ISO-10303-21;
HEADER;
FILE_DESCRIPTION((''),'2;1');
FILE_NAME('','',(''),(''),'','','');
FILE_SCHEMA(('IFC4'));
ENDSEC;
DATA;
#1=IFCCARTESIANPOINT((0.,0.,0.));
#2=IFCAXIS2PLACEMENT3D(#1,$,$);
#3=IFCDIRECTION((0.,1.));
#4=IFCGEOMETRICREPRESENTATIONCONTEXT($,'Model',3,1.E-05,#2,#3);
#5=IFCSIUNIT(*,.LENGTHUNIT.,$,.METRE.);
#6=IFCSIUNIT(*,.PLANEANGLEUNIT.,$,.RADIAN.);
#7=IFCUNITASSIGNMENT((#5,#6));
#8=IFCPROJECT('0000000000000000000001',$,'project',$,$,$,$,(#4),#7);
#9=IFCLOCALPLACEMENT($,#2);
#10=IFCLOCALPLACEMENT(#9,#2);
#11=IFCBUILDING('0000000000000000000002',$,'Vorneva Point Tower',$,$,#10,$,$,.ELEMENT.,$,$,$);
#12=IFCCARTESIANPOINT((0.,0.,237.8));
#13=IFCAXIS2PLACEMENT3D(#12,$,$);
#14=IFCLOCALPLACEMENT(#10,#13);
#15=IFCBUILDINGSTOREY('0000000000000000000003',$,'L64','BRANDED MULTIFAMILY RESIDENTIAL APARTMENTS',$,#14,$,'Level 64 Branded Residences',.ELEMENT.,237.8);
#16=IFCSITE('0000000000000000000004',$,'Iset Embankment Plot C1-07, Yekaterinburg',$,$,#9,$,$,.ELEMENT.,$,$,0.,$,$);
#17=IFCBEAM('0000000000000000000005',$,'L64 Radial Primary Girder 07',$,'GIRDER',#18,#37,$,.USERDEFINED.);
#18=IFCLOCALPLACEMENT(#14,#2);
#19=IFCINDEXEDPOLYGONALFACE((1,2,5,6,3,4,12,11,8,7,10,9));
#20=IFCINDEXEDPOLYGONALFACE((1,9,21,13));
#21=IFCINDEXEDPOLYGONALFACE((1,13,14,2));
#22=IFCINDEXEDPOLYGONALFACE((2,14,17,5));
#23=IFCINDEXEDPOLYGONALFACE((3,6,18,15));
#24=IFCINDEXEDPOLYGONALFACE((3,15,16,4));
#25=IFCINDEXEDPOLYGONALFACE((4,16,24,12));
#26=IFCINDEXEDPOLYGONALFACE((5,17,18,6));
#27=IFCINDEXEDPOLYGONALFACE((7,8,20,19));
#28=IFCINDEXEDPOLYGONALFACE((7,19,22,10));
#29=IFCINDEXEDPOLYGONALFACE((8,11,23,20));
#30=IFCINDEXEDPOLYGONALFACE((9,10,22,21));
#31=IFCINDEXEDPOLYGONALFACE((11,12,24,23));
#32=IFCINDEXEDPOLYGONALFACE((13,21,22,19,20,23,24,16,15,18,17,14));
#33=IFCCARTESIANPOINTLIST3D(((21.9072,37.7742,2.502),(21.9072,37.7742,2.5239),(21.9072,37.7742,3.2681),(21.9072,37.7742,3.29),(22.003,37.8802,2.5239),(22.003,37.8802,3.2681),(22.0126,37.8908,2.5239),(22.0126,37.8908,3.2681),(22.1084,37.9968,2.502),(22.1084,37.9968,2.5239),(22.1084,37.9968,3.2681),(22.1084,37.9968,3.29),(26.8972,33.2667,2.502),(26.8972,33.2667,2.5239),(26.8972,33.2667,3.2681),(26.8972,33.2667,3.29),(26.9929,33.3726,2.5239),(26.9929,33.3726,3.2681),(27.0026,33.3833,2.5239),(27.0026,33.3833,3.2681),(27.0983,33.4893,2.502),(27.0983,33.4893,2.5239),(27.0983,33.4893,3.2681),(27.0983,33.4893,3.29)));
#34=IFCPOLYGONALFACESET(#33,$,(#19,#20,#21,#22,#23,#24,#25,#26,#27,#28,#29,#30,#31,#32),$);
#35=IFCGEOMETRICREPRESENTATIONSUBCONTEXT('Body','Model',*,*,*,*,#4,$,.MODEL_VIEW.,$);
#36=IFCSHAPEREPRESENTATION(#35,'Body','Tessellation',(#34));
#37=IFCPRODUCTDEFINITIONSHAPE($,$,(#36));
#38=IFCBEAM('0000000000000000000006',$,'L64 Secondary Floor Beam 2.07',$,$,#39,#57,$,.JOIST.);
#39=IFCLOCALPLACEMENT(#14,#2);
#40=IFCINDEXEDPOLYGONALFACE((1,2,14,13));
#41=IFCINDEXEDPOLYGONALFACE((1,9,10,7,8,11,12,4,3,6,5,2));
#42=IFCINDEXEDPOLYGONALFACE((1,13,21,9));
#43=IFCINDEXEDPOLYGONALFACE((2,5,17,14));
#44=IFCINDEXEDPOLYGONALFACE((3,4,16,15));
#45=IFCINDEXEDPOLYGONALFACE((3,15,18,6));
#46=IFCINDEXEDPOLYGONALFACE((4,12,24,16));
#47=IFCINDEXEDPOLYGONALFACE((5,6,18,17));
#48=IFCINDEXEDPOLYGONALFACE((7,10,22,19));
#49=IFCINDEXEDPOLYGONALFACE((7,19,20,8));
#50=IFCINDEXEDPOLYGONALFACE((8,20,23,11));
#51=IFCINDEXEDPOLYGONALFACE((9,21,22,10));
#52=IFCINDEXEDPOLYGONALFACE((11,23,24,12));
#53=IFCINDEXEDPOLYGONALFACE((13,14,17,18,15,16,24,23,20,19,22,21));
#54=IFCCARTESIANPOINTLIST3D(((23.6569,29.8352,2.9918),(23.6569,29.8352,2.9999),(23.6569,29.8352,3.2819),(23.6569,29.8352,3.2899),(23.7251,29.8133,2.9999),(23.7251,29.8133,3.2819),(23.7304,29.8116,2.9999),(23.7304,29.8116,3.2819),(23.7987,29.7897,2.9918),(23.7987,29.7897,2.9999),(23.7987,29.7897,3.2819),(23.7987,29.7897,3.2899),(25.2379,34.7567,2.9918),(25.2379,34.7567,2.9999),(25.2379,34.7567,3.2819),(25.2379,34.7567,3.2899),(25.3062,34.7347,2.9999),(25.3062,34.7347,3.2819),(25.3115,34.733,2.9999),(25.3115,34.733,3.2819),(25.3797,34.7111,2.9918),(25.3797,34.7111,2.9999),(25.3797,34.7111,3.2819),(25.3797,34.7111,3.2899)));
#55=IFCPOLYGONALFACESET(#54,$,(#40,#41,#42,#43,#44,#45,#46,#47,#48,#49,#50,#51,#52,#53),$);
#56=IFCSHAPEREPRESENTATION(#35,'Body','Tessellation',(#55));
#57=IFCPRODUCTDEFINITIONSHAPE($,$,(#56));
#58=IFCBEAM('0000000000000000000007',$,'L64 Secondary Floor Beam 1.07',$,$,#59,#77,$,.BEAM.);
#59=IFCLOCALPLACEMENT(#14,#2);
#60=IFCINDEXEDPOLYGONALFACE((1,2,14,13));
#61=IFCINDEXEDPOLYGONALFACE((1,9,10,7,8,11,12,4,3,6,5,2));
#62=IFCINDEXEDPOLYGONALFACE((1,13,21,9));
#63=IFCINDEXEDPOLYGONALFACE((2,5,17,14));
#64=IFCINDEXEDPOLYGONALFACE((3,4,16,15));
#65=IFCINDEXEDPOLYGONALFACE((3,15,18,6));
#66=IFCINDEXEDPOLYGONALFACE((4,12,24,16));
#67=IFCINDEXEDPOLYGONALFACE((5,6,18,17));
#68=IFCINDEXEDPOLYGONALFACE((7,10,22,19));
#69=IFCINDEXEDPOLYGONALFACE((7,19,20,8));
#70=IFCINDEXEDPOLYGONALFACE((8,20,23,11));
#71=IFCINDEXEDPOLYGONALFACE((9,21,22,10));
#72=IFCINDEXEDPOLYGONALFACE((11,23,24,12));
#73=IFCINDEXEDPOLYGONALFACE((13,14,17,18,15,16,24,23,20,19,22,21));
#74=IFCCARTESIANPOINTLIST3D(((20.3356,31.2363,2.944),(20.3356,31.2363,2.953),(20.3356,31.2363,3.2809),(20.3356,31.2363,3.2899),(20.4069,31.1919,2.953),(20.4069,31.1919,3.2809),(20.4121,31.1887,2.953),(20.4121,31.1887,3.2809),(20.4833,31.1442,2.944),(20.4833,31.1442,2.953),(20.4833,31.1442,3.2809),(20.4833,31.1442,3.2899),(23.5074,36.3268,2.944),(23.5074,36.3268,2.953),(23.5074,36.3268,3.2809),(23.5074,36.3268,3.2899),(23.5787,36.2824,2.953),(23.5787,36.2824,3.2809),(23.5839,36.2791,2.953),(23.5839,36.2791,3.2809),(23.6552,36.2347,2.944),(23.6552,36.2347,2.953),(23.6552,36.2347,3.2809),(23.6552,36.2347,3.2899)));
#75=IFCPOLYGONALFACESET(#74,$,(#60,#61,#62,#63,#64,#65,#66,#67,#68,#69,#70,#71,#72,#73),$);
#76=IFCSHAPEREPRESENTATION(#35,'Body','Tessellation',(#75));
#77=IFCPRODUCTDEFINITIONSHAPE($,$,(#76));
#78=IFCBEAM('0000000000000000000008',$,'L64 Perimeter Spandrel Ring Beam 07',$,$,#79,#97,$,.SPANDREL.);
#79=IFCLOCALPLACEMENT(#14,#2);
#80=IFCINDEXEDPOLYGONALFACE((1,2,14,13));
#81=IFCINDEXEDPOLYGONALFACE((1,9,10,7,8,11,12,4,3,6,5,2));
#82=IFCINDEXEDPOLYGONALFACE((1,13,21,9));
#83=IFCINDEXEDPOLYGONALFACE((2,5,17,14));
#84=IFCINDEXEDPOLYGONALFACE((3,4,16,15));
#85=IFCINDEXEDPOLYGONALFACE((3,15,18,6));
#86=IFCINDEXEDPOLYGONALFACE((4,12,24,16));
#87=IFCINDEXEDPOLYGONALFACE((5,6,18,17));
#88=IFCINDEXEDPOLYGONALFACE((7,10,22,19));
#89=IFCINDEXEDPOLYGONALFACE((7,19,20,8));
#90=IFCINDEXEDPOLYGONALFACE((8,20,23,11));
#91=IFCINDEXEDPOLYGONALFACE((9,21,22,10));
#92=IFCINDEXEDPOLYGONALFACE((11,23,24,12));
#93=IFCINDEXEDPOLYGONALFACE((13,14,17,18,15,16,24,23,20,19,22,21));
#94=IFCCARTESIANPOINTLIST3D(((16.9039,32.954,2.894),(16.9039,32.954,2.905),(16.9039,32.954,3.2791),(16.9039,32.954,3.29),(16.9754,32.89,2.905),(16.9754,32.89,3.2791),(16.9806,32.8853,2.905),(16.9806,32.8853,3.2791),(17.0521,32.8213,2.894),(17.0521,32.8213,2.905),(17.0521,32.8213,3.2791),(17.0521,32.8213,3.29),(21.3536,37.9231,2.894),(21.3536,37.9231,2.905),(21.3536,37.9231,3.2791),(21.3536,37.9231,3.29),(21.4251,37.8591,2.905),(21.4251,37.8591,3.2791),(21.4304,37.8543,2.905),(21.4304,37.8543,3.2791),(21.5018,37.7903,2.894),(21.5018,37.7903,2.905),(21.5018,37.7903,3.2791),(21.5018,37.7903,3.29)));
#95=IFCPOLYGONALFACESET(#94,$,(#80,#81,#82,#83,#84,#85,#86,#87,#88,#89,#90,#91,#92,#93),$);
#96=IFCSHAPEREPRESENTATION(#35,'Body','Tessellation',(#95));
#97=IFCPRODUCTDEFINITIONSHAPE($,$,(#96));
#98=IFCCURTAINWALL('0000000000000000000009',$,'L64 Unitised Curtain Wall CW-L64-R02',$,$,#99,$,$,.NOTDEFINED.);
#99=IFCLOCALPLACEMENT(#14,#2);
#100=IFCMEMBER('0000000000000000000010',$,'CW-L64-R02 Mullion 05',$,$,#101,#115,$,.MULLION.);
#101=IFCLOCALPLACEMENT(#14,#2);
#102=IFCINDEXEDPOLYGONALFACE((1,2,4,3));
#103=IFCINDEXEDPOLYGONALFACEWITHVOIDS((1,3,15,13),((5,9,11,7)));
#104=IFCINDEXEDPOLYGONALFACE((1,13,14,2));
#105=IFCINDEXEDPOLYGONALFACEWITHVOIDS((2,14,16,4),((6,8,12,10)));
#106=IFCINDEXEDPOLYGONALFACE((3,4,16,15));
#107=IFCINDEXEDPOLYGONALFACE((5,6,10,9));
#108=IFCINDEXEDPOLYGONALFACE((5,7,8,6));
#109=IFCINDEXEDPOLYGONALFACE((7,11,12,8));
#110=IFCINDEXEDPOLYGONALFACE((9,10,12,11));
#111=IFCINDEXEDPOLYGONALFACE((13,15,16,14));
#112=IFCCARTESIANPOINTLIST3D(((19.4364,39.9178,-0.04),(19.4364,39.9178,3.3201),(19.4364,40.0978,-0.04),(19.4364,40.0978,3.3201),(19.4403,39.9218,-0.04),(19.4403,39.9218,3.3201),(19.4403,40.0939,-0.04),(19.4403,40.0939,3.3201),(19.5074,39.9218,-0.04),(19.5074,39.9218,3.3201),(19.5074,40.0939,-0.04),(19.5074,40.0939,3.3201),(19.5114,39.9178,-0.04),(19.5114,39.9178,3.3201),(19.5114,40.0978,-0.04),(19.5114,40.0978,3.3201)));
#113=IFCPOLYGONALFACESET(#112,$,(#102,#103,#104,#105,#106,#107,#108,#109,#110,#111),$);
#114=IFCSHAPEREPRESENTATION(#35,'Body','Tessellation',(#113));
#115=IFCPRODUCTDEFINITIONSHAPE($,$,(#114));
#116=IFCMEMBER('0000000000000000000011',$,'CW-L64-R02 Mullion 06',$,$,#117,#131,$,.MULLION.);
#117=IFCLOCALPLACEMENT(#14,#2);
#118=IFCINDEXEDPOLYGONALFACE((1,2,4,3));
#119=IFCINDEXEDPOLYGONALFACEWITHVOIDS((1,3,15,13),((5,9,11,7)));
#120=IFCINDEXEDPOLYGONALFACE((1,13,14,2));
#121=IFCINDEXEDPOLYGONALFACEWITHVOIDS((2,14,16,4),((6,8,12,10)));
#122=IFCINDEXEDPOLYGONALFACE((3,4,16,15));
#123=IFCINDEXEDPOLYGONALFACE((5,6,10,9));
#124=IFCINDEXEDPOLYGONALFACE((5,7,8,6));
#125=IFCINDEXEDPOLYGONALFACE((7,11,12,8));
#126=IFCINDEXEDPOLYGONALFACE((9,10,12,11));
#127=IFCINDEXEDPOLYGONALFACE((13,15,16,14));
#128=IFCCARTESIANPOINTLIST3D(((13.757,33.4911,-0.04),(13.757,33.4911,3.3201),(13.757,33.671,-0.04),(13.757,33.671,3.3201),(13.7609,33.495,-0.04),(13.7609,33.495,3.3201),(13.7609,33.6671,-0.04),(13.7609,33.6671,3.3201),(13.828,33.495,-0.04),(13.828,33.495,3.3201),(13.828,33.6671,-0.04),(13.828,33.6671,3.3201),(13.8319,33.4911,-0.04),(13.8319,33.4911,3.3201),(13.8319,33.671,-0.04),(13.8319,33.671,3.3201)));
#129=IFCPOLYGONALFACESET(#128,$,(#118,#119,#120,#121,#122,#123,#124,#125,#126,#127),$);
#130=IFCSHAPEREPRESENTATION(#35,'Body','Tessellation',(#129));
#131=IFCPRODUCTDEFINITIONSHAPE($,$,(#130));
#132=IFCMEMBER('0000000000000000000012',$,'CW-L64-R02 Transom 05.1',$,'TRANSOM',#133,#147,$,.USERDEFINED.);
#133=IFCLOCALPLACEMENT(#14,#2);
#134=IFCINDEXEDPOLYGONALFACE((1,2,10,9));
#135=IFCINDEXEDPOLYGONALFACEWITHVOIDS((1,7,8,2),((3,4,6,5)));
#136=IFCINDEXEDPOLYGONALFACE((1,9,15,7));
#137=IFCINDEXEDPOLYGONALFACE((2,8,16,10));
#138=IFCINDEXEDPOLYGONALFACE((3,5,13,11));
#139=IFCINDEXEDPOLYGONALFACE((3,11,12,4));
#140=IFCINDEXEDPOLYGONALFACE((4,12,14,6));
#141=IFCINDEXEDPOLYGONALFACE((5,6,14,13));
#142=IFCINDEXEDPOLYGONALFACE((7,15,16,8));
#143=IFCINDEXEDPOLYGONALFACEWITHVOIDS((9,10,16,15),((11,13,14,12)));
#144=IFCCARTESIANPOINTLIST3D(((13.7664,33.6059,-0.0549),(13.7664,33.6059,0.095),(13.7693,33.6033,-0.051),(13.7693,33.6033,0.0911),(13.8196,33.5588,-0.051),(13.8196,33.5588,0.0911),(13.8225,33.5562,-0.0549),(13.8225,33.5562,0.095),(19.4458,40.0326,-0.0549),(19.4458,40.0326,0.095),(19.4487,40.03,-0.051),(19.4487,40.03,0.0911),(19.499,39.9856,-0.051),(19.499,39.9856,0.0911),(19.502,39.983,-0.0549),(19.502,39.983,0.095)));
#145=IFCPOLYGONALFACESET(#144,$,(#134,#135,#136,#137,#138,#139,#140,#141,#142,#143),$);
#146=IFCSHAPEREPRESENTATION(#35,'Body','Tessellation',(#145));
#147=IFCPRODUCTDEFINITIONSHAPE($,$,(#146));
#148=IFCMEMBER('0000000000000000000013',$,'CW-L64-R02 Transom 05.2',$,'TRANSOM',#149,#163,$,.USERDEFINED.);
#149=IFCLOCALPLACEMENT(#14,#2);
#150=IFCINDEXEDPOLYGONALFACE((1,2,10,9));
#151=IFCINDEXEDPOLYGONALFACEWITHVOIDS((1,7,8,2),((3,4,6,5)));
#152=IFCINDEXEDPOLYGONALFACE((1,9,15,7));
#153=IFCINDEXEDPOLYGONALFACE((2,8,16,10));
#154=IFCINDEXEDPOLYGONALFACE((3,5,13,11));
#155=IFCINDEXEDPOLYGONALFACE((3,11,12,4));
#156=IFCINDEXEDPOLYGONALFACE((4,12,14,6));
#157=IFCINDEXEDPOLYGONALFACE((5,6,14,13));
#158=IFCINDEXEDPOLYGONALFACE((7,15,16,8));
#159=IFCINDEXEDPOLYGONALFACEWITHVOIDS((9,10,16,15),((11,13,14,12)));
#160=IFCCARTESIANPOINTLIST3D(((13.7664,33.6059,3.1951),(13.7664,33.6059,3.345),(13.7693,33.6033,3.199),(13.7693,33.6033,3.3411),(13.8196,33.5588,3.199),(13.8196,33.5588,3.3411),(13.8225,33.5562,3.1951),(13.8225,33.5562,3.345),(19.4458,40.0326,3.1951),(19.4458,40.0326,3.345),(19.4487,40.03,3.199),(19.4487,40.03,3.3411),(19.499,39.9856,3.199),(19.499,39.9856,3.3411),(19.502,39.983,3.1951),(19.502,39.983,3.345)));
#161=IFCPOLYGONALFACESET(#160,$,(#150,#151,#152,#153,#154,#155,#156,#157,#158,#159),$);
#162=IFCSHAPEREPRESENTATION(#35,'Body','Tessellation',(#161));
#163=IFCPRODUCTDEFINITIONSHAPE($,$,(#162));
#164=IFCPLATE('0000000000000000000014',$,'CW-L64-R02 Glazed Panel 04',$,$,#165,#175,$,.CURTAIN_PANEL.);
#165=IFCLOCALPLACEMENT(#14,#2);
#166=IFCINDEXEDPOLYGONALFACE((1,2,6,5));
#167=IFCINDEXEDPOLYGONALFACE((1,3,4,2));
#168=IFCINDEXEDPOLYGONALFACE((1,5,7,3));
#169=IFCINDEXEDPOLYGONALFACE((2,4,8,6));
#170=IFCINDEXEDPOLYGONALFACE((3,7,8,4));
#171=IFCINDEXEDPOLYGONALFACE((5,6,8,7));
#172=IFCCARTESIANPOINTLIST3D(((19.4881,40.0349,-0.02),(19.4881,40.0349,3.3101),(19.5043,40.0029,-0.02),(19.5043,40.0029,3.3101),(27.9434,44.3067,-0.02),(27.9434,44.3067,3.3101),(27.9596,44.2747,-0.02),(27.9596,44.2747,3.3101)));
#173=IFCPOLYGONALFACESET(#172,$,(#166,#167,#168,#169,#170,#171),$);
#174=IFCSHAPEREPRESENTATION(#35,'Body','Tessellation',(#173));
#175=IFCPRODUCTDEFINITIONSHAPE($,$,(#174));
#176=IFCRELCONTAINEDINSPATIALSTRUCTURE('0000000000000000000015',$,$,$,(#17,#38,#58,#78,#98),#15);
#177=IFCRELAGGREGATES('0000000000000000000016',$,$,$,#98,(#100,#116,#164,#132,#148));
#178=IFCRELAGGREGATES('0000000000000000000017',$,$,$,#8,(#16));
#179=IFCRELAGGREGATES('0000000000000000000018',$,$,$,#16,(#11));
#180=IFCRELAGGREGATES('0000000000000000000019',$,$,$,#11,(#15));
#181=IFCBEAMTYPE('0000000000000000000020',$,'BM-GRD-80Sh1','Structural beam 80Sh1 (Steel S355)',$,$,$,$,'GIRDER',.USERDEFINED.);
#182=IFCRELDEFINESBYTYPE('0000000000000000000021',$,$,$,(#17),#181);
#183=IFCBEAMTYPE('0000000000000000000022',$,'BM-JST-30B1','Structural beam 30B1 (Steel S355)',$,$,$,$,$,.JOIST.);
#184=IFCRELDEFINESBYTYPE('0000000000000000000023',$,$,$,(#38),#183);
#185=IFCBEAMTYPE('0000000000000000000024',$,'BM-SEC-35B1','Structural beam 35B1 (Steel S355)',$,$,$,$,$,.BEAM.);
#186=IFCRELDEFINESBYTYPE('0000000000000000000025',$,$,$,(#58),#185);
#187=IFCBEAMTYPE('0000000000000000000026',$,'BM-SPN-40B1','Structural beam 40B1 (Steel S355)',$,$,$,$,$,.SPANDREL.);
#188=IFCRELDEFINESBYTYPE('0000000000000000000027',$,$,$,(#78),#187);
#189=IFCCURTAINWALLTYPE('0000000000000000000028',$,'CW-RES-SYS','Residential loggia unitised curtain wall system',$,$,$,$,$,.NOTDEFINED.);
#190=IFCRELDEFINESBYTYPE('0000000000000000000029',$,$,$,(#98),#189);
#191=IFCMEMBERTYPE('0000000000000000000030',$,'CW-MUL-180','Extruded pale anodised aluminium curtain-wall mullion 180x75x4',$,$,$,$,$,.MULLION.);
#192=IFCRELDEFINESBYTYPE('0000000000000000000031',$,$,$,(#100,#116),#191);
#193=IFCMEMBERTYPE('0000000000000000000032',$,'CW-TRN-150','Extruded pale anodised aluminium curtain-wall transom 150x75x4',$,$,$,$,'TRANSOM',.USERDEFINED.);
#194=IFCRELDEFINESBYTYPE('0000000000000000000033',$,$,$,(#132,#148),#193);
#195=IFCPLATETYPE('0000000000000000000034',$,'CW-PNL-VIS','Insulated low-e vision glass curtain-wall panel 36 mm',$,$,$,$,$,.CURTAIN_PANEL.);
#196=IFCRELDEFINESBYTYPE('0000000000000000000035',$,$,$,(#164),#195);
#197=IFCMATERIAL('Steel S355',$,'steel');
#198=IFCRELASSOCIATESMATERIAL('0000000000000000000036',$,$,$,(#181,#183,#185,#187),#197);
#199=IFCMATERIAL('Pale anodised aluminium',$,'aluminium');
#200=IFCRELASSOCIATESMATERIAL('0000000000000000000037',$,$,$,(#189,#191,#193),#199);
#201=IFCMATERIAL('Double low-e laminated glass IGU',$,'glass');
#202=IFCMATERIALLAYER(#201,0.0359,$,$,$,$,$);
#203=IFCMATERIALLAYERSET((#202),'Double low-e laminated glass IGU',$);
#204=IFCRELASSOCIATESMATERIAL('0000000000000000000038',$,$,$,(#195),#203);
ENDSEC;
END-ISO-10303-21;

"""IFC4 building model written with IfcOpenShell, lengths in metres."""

from ifc_helpers import new_model, si_unit, direction, frame, origin, origin_2d, place, context, subcontext, project, spatial, rectangle, hollow_rectangle, i_section, extrude, material, layer, layer_set, material_profile, profile_set, type_object, element, aggregate, save


model = new_model("IFC4")

# Units and contexts
model_context = context("Model", 3, precision=1e-05, world=origin(), true_north=direction((0.0, 1.0)))
body_context = subcontext(model_context, "Body", "Model", "MODEL_VIEW")
ifc_project = project(units=[si_unit("LENGTHUNIT", "METRE"), si_unit("PLANEANGLEUNIT", "RADIAN")], contexts=[model_context])

# Site, building, storey
site_placement = place(None, origin())
site = spatial("IfcSite", under=ifc_project, at=site_placement, Name="Iset Embankment Plot C1-07, Yekaterinburg", CompositionType="ELEMENT", RefElevation=0.0)
building_placement = place(site_placement, origin())
building = spatial("IfcBuilding", under=site, at=building_placement, Name="Vorneva Point Tower", CompositionType="ELEMENT")
storey_placement = place(building_placement, frame((0.0, 0.0, 237.8)))
storey = spatial("IfcBuildingStorey", under=building, at=storey_placement, Name="L64", Description="BRANDED MULTIFAMILY RESIDENTIAL APARTMENTS", LongName="Level 64 Branded Residences", CompositionType="ELEMENT", Elevation=237.8)

# Beams
ifc_material_1 = material(Name="Steel S355", Category="steel")
ifc_material_profile_1 = material_profile(ifc_material_1, i_section(OverallWidth=0.3, OverallDepth=0.7881, WebThickness=0.0144, FlangeThickness=0.022, at=origin_2d()), Name="80Sh1")
ifc_profile_set_1 = profile_set([ifc_material_profile_1], Name="Steel S355")
beam_type_1 = type_object("IfcBeamType", Name="BM-GRD-80Sh1", Description="Structural beam 80Sh1 (Steel S355)", ElementType="GIRDER", PredefinedType="USERDEFINED", material=ifc_profile_set_1)
beam_1_placement = place(storey_placement, frame((22.0078, 37.8855, 2.896), z_axis=(0.742067, -0.670326, 0.0), x_axis=(0.670326, 0.742067, 0.0)))
element("IfcBeam", 1, at=beam_1_placement, inside=storey, type_object=beam_type_1, Name="L64 Radial Primary Girder 07", ObjectType="GIRDER", PredefinedType="USERDEFINED", context=body_context, shape_type="SweptSolid", body=[
    extrude(i_section(OverallWidth=0.3, OverallDepth=0.7881, WebThickness=0.0144, FlangeThickness=0.022, at=origin_2d()), origin(), (0.0, 0.0, 1.0), 6.7244),
])
ifc_material_profile_2 = material_profile(ifc_material_1, i_section(OverallWidth=0.1489, OverallDepth=0.2981, WebThickness=0.0056, FlangeThickness=0.0081, at=origin_2d()), Name="30B1")
ifc_profile_set_2 = profile_set([ifc_material_profile_2], Name="Steel S355")
beam_type_2 = type_object("IfcBeamType", Name="BM-JST-30B1", Description="Structural beam 30B1 (Steel S355)", PredefinedType="JOIST", material=ifc_profile_set_2)
beam_2_placement = place(storey_placement, frame((25.3088, 34.7339, 3.1409), z_axis=(-0.305865, -0.952075, 0.0), x_axis=(0.952075, -0.305865, 0.0)))
element("IfcBeam", 2, at=beam_2_placement, inside=storey, type_object=beam_type_2, Name="L64 Secondary Floor Beam 2.07", PredefinedType="JOIST", context=body_context, shape_type="SweptSolid", body=[
    extrude(i_section(OverallWidth=0.1489, OverallDepth=0.2981, WebThickness=0.0056, FlangeThickness=0.0081, at=origin_2d()), origin(), (0.0, 0.0, 1.0), 5.1692),
])
ifc_material_profile_3 = material_profile(ifc_material_1, i_section(OverallWidth=0.1741, OverallDepth=0.3459, WebThickness=0.0061, FlangeThickness=0.009, at=origin_2d()), Name="35B1")
ifc_profile_set_3 = profile_set([ifc_material_profile_3], Name="Steel S355")
beam_type_3 = type_object("IfcBeamType", Name="BM-SEC-35B1", Description="Structural beam 35B1 (Steel S355)", PredefinedType="BEAM", material=ifc_profile_set_3)
beam_3_placement = place(storey_placement, frame((23.5813, 36.2808, 3.1169), z_axis=(-0.528831, -0.848727, 0.0), x_axis=(0.848727, -0.528831, 0.0)))
element("IfcBeam", 3, at=beam_3_placement, inside=storey, type_object=beam_type_3, Name="L64 Secondary Floor Beam 1.07", PredefinedType="BEAM", context=body_context, shape_type="SweptSolid", body=[
    extrude(i_section(OverallWidth=0.1741, OverallDepth=0.3459, WebThickness=0.0061, FlangeThickness=0.009, at=origin_2d()), origin(), (0.0, 0.0, 1.0), 5.9978),
])
ifc_material_profile_4 = material_profile(ifc_material_1, i_section(OverallWidth=0.199, OverallDepth=0.396, WebThickness=0.0071, FlangeThickness=0.011, at=origin_2d()), Name="40B1")
ifc_profile_set_4 = profile_set([ifc_material_profile_4], Name="Steel S355")
beam_type_4 = type_object("IfcBeamType", Name="BM-SPN-40B1", Description="Structural beam 40B1 (Steel S355)", PredefinedType="SPANDREL", material=ifc_profile_set_4)
beam_4_placement = place(storey_placement, frame((21.4277, 37.8567, 3.092), z_axis=(-0.667108, -0.744961, 0.0), x_axis=(0.744961, -0.667108, 0.0)))
element("IfcBeam", 4, at=beam_4_placement, inside=storey, type_object=beam_type_4, Name="L64 Perimeter Spandrel Ring Beam 07", PredefinedType="SPANDREL", context=body_context, shape_type="SweptSolid", body=[
    extrude(i_section(OverallWidth=0.199, OverallDepth=0.396, WebThickness=0.0071, FlangeThickness=0.011, at=origin_2d()), origin(), (0.0, 0.0, 1.0), 6.6702),
])

# Curtain wall, members, plate
ifc_material_2 = material(Name="Pale anodised aluminium", Category="aluminium")
curtain_wall_type = type_object("IfcCurtainWallType", Name="CW-RES-SYS", Description="Residential loggia unitised curtain wall system", PredefinedType="NOTDEFINED", material=ifc_material_2)
curtain_wall_placement = place(storey_placement, origin())
curtain_wall = element("IfcCurtainWall", 5, at=curtain_wall_placement, inside=storey, type_object=curtain_wall_type, Name="L64 Unitised Curtain Wall CW-L64-R02", PredefinedType="NOTDEFINED")
ifc_material_profile_5 = material_profile(ifc_material_2, hollow_rectangle(XDim=0.075, YDim=0.1799, WallThickness=0.0039, at=origin_2d()), Name="AL-MUL 180x75x4")
ifc_profile_set_5 = profile_set([ifc_material_profile_5], Name="Pale anodised aluminium")
member_type_1 = type_object("IfcMemberType", Name="CW-MUL-180", Description="Extruded pale anodised aluminium curtain-wall mullion 180x75x4", PredefinedType="MULLION", material=ifc_profile_set_5)
member_1_placement = place(storey_placement, frame((19.4739, 40.0078, -0.04), z_axis=(0.0, 0.0, 1.0), x_axis=(1.0, 0.0, 0.0)))
member_1 = element("IfcMember", 6, at=member_1_placement, type_object=member_type_1, Name="CW-L64-R02 Mullion 05", PredefinedType="MULLION", context=body_context, shape_type="SweptSolid", body=[
    extrude(hollow_rectangle(XDim=0.075, YDim=0.1799, WallThickness=0.0039, at=origin_2d()), origin(), (0.0, 0.0, 1.0), 3.3601),
])
member_2_placement = place(storey_placement, frame((13.7944, 33.5811, -0.04), z_axis=(0.0, 0.0, 1.0), x_axis=(1.0, 0.0, 0.0)))
member_2 = element("IfcMember", 7, at=member_2_placement, type_object=member_type_1, Name="CW-L64-R02 Mullion 06", PredefinedType="MULLION", context=body_context, shape_type="SweptSolid", body=[
    extrude(hollow_rectangle(XDim=0.075, YDim=0.1799, WallThickness=0.0039, at=origin_2d()), origin(), (0.0, 0.0, 1.0), 3.3601),
])
ifc_material_profile_6 = material_profile(ifc_material_2, hollow_rectangle(XDim=0.075, YDim=0.1499, WallThickness=0.0039, at=origin_2d()), Name="AL-TRN 150x75x4")
ifc_profile_set_6 = profile_set([ifc_material_profile_6], Name="Pale anodised aluminium")
member_type_2 = type_object("IfcMemberType", Name="CW-TRN-150", Description="Extruded pale anodised aluminium curtain-wall transom 150x75x4", ElementType="TRANSOM", PredefinedType="USERDEFINED", material=ifc_profile_set_6)
member_3_placement = place(storey_placement, frame((19.4739, 40.0078, 0.02), z_axis=(-0.662197, -0.74933, 0.0), x_axis=(0.74933, -0.662197, 0.0)))
member_3 = element("IfcMember", 8, at=member_3_placement, type_object=member_type_2, Name="CW-L64-R02 Transom 05.1", ObjectType="TRANSOM", PredefinedType="USERDEFINED", context=body_context, shape_type="SweptSolid", body=[
    extrude(hollow_rectangle(XDim=0.075, YDim=0.1499, WallThickness=0.0039, at=origin_2d()), origin(), (0.0, 0.0, 1.0), 8.5767),
])
member_4_placement = place(storey_placement, frame((19.4739, 40.0078, 3.27), z_axis=(-0.662197, -0.74933, 0.0), x_axis=(0.74933, -0.662197, 0.0)))
member_4 = element("IfcMember", 9, at=member_4_placement, type_object=member_type_2, Name="CW-L64-R02 Transom 05.2", ObjectType="TRANSOM", PredefinedType="USERDEFINED", context=body_context, shape_type="SweptSolid", body=[
    extrude(hollow_rectangle(XDim=0.075, YDim=0.1499, WallThickness=0.0039, at=origin_2d()), origin(), (0.0, 0.0, 1.0), 8.5767),
])
ifc_material_3 = material(Name="Double low-e laminated glass IGU", Category="glass")
ifc_layer_1 = layer(ifc_material_3, 0.0359)
ifc_layer_set_1 = layer_set([ifc_layer_1], Name="Double low-e laminated glass IGU")
plate_type = type_object("IfcPlateType", Name="CW-PNL-VIS", Description="Insulated low-e vision glass curtain-wall panel 36 mm", PredefinedType="CURTAIN_PANEL", material=ifc_layer_set_1)
plate_1_placement = place(storey_placement, frame((23.7239, 42.1548, -0.02), z_axis=(0.0, 0.0, 1.0), x_axis=(-0.892554, -0.45094, 0.0)))
plate_1 = element("IfcPlate", 10, at=plate_1_placement, type_object=plate_type, Name="CW-L64-R02 Glazed Panel 04", PredefinedType="CURTAIN_PANEL", context=body_context, shape_type="SweptSolid", body=[
    extrude(rectangle(XDim=9.4731, YDim=0.0359, at=origin_2d()), origin(), (0.0, 0.0, 1.0), 3.3301),
])
aggregate(curtain_wall, [member_1, member_2, plate_1, member_3, member_4])

save(model, "model.ifc")
